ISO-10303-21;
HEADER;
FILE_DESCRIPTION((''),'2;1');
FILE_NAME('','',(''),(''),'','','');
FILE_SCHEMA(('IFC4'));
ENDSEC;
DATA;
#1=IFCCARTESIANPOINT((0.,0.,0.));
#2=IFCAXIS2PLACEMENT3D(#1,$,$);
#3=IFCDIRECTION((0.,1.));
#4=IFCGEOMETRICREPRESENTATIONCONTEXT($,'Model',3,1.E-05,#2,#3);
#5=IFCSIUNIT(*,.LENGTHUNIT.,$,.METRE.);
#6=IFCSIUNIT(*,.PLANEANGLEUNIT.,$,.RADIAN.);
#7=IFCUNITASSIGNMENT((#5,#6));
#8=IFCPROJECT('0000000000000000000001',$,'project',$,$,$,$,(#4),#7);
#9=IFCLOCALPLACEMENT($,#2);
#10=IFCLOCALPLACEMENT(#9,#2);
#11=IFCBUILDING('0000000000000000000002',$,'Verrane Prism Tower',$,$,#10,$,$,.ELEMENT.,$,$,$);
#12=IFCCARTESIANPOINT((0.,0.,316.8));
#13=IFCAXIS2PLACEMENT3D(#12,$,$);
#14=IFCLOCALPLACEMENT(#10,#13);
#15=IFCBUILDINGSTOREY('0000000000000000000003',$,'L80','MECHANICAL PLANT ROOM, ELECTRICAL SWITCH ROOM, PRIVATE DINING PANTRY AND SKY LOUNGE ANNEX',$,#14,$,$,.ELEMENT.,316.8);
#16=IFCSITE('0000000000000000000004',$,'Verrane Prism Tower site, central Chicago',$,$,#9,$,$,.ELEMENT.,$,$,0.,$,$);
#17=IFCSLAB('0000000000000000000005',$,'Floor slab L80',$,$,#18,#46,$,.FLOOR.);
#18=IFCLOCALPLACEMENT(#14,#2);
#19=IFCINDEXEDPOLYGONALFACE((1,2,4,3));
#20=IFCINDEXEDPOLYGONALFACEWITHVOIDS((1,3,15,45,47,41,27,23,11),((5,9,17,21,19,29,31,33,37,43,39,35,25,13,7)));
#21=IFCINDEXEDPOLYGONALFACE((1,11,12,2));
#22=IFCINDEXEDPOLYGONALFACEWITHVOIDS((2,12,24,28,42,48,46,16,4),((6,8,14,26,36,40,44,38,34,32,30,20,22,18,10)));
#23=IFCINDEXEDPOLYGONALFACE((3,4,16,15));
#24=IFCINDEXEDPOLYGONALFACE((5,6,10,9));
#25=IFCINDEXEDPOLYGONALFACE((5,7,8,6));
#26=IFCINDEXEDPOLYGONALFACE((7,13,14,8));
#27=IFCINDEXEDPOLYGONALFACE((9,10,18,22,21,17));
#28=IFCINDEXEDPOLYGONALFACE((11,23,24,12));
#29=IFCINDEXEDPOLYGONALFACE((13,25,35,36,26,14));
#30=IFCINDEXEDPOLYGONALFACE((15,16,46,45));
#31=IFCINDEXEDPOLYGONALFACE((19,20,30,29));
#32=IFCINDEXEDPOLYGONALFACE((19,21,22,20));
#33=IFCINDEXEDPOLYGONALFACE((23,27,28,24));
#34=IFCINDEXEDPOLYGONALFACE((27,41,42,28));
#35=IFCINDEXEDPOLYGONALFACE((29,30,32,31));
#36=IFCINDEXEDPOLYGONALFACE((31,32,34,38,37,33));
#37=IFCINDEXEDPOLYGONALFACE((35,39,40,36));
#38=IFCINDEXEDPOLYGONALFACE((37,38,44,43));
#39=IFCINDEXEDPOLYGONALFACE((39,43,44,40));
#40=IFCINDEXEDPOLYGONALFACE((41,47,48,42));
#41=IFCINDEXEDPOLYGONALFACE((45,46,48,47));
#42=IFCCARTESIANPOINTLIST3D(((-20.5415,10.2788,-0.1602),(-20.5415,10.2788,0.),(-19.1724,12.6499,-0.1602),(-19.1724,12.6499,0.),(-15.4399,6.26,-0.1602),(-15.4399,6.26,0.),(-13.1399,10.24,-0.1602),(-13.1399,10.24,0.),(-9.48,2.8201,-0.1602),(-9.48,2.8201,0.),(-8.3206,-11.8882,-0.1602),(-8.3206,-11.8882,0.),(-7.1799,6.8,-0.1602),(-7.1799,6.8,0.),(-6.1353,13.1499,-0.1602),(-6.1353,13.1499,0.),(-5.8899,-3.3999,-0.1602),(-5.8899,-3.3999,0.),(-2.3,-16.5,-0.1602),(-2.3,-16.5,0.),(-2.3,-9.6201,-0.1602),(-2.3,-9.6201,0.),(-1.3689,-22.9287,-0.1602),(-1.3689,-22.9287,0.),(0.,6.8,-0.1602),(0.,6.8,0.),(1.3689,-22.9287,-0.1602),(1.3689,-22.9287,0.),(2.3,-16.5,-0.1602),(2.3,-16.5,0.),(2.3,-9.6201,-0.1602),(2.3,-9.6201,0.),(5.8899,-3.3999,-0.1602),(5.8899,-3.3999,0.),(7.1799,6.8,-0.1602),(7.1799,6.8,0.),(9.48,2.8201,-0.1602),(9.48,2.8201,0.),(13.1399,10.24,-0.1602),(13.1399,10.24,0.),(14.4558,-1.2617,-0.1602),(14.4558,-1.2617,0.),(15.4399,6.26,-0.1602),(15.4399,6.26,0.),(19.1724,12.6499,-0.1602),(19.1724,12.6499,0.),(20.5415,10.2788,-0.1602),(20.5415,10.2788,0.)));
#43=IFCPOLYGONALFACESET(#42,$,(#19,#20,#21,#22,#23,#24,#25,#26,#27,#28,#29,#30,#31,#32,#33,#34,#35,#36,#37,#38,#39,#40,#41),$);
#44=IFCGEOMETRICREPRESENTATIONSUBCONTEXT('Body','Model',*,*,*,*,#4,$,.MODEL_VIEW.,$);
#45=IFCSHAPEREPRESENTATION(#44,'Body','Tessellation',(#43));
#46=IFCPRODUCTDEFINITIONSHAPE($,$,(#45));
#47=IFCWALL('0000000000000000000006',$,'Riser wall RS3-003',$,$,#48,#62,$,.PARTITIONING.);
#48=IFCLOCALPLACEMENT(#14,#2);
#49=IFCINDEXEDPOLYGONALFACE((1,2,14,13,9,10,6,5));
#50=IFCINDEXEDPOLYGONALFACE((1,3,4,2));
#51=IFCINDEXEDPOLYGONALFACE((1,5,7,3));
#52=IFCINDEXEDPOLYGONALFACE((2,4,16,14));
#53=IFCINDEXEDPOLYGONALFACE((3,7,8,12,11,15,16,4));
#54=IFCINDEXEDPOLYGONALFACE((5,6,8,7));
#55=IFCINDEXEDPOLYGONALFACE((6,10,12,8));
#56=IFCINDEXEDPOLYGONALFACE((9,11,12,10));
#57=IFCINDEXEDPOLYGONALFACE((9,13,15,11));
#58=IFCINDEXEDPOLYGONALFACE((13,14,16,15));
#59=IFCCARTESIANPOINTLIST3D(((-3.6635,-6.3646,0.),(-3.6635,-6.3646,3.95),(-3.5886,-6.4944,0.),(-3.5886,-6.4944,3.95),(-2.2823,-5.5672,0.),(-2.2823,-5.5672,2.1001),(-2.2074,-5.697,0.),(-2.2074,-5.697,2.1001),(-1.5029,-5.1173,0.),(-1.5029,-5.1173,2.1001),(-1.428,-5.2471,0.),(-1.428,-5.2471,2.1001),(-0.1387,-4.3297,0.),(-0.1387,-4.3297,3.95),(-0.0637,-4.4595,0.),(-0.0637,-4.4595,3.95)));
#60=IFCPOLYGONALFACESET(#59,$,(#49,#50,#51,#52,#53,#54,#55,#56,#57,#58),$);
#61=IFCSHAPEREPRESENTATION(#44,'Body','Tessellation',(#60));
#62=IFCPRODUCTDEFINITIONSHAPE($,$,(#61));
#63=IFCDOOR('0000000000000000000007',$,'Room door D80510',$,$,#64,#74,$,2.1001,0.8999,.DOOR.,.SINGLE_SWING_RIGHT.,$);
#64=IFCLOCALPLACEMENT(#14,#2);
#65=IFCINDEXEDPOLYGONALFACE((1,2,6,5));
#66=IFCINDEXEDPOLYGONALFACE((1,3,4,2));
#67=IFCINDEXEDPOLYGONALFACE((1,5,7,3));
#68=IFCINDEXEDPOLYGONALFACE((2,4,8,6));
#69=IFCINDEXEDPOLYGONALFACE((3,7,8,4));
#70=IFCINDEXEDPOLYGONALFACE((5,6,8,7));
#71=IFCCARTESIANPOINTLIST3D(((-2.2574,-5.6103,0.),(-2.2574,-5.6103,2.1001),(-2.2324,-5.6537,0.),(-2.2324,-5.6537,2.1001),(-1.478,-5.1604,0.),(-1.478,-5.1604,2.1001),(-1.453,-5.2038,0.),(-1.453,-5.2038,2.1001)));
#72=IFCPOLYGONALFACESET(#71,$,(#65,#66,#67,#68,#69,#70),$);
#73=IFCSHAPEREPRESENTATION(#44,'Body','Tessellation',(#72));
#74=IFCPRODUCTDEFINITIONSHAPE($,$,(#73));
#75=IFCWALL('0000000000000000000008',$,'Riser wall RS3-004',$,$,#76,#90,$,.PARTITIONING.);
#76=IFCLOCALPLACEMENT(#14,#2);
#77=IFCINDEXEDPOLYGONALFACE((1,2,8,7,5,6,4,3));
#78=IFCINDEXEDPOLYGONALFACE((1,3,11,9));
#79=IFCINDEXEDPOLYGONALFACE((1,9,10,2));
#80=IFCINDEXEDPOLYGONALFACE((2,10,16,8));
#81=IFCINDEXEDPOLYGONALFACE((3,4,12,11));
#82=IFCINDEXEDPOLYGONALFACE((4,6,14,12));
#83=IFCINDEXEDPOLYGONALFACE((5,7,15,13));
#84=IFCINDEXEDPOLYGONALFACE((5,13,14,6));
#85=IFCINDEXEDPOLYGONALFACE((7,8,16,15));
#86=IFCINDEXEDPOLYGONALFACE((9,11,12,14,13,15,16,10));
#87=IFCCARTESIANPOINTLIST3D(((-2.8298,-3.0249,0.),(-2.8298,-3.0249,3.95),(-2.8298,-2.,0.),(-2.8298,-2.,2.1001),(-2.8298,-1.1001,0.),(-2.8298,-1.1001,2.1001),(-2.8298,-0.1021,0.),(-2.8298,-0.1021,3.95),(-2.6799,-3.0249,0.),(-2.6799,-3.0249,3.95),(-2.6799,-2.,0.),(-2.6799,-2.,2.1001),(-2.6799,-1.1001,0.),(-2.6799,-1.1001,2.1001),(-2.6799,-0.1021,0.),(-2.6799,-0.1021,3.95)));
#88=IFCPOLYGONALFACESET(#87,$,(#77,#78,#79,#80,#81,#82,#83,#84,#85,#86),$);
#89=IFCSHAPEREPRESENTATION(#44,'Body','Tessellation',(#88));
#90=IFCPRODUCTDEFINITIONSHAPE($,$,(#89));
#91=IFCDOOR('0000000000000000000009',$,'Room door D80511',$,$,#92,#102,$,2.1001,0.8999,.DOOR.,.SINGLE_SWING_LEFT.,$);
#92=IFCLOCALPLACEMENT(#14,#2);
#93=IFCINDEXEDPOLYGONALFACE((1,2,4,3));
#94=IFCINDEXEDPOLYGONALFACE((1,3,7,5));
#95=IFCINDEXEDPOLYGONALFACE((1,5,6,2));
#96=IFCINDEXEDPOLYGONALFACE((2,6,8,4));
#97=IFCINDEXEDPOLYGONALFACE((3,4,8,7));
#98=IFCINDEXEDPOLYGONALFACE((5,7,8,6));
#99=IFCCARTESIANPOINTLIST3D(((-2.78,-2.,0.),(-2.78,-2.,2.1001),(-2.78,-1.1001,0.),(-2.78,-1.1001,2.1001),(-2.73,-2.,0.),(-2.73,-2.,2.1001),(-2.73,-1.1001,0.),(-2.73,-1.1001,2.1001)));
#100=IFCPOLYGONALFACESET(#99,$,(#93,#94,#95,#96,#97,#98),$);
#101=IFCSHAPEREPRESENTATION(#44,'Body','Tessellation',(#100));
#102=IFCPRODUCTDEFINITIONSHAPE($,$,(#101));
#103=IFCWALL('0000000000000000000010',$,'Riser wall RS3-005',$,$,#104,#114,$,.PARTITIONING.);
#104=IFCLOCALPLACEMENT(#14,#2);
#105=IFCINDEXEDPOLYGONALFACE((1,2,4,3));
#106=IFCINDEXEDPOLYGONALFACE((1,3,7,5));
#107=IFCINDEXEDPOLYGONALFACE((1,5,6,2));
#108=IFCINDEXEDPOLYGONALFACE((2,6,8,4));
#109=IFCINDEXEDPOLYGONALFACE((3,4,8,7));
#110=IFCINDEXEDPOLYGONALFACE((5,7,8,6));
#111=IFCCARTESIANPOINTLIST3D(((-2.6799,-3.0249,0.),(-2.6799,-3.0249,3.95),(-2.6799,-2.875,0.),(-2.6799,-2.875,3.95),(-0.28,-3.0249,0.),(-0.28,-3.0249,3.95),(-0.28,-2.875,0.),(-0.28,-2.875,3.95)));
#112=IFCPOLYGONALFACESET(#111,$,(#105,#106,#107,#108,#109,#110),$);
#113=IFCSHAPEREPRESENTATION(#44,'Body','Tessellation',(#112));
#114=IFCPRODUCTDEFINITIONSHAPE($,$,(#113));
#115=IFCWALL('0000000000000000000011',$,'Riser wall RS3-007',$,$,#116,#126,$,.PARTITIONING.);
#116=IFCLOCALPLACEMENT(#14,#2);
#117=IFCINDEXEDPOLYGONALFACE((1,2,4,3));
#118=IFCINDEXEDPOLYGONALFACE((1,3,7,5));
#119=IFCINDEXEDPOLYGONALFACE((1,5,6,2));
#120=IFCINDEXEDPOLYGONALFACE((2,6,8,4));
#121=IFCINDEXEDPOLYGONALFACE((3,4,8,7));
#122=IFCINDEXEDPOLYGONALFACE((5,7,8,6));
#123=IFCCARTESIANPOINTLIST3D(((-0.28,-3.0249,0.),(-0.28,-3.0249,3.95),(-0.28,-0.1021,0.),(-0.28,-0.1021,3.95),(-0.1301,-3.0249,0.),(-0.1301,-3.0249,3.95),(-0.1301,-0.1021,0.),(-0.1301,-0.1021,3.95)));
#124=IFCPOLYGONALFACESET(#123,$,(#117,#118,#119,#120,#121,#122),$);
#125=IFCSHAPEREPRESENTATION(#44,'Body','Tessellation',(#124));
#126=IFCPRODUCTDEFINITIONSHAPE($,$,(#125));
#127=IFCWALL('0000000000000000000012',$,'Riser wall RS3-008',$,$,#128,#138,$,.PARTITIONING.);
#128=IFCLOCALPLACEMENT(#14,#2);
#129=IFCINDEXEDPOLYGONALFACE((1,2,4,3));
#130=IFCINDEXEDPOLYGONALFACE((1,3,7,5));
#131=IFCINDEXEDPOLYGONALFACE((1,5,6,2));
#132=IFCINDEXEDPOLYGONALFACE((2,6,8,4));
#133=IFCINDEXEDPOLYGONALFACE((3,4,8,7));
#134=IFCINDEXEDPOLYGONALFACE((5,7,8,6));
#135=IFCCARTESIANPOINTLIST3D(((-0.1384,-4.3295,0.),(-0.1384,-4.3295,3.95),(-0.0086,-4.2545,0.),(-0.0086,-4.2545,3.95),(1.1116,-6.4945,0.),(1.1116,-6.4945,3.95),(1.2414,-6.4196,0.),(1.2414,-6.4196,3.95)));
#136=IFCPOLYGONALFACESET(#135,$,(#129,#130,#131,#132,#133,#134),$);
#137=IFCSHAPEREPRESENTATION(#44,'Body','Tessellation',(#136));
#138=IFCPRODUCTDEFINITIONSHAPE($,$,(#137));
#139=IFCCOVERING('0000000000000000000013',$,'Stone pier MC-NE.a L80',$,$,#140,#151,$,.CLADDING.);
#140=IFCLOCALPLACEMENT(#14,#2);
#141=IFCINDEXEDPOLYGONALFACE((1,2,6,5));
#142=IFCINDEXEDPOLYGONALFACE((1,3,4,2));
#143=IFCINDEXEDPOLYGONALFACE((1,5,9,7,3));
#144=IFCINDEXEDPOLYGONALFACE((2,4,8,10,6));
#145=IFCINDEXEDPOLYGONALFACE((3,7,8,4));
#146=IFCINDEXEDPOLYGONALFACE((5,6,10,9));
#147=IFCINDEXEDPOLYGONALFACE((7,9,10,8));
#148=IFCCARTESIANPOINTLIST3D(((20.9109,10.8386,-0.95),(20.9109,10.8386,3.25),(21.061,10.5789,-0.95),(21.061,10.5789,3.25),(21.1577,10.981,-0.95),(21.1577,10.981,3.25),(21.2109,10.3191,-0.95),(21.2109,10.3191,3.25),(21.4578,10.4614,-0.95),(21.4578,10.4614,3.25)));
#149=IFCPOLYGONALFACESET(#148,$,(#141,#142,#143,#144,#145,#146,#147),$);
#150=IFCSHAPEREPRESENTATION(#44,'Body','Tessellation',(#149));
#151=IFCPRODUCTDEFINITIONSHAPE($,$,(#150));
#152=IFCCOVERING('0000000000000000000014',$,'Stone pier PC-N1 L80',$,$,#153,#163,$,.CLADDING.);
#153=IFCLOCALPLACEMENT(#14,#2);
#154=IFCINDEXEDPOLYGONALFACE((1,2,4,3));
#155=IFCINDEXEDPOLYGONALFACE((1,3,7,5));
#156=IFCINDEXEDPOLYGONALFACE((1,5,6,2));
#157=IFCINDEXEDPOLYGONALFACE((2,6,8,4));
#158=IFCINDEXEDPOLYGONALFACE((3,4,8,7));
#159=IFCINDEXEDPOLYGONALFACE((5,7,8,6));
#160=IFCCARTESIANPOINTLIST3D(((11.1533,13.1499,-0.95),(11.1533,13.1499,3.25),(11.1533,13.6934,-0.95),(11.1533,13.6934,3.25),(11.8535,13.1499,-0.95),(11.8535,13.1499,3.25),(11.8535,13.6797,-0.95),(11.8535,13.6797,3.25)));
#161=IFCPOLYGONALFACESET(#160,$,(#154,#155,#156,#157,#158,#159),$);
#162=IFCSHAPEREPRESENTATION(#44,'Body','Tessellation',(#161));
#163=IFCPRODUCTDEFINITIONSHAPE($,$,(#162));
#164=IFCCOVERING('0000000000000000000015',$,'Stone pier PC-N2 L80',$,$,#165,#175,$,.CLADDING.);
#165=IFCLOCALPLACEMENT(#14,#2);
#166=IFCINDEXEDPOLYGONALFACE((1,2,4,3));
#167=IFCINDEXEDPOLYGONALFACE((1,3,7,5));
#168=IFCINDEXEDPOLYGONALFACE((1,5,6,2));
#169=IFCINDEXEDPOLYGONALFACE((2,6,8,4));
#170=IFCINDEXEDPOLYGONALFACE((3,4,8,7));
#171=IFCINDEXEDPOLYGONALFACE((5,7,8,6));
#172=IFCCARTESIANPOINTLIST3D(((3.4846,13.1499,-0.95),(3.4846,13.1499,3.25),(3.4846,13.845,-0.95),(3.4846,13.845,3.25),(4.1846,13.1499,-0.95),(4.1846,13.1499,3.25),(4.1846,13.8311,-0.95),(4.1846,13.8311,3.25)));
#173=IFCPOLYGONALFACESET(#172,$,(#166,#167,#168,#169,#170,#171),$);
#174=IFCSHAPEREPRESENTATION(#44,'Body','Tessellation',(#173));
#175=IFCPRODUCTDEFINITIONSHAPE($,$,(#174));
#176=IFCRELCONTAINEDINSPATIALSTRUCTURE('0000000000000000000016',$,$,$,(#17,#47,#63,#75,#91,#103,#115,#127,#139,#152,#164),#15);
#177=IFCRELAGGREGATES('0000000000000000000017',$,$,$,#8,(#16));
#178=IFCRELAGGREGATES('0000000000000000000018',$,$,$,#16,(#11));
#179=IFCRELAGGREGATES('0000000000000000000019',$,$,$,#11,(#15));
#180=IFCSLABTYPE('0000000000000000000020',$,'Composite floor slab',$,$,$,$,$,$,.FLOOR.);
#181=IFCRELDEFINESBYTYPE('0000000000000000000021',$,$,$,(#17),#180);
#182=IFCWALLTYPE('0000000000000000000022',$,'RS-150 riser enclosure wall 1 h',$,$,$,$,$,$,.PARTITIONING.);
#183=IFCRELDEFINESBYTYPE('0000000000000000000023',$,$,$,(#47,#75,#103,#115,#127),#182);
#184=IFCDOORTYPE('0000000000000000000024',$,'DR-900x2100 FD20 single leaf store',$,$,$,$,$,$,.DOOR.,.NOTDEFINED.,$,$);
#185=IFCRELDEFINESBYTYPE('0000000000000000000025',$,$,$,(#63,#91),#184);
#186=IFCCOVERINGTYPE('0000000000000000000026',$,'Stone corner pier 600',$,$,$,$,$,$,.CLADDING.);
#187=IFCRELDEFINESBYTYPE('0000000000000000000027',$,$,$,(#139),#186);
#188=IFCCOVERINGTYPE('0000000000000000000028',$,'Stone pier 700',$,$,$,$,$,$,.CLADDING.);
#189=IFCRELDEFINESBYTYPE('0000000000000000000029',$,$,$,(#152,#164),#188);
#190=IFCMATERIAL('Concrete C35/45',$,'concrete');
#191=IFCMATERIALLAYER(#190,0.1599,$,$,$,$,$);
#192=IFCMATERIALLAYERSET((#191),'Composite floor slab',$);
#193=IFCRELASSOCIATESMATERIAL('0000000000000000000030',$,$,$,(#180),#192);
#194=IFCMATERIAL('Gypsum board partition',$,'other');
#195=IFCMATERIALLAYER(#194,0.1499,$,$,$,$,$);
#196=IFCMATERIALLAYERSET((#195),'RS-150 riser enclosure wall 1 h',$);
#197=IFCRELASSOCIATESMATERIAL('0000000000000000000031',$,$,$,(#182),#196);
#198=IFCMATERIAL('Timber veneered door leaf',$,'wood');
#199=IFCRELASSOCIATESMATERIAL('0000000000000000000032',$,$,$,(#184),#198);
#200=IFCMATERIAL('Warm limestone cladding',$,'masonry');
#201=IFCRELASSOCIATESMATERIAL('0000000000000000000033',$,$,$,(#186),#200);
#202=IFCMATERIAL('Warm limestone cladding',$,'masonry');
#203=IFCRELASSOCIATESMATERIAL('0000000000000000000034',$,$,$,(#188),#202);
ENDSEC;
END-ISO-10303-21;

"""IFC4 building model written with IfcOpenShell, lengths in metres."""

from ifc_helpers import new_model, si_unit, direction, frame, frame_2d, origin, place, context, subcontext, project, spatial, polyline, rectangle, outline, extrude, material, layer, layer_set, type_object, element, fill, save


model = new_model("IFC4")

# Units and contexts
model_context = context("Model", 3, precision=1e-05, world=origin(), true_north=direction((0.0, 1.0)))
body_context = subcontext(model_context, "Body", "Model", "MODEL_VIEW")
ifc_project = project(units=[si_unit("LENGTHUNIT", "METRE"), si_unit("PLANEANGLEUNIT", "RADIAN")], contexts=[model_context])

# Site, building, storey
site_placement = place(None, origin())
site = spatial("IfcSite", under=ifc_project, at=site_placement, Name="Verrane Prism Tower site, central Chicago", CompositionType="ELEMENT", RefElevation=0.0)
building_placement = place(site_placement, origin())
building = spatial("IfcBuilding", under=site, at=building_placement, Name="Verrane Prism Tower", CompositionType="ELEMENT")
storey_placement = place(building_placement, frame((0.0, 0.0, 316.8)))
storey = spatial("IfcBuildingStorey", under=building, at=storey_placement, Name="L80", Description="MECHANICAL PLANT ROOM, ELECTRICAL SWITCH ROOM, PRIVATE DINING PANTRY AND SKY LOUNGE ANNEX", CompositionType="ELEMENT", Elevation=316.8)

# Slab
ifc_material_1 = material(Name="Concrete C35/45", Category="concrete")
ifc_layer_1 = layer(ifc_material_1, 0.1599)
ifc_layer_set_1 = layer_set([ifc_layer_1], Name="Composite floor slab")
slab_type = type_object("IfcSlabType", Name="Composite floor slab", PredefinedType="FLOOR", material=ifc_layer_set_1)
slab_placement = place(storey_placement, frame((0.0, 0.0, -0.1602)))
element("IfcSlab", 1, at=slab_placement, inside=storey, type_object=slab_type, Name="Floor slab L80", PredefinedType="FLOOR", context=body_context, shape_type="SweptSolid", body=[
    extrude(outline(polyline([(14.4558, -1.2617), (1.3689, -22.9287), (-1.3689, -22.9287), (-8.3206, -11.8882), (-20.5415, 10.2788), (-19.1724, 12.6499), (-6.1353, 13.1499), (19.1724, 12.6499), (20.5415, 10.2788), (14.4558, -1.2617)]), holes=[polyline([(15.4399, 6.26), (13.1399, 10.24), (7.1799, 6.8), (0.0, 6.8), (-7.1799, 6.8), (-13.1399, 10.24), (-15.4399, 6.26), (-9.48, 2.8201), (-5.8899, -3.3999), (-2.3, -9.6201), (-2.3, -16.5), (2.3, -16.5), (2.3, -9.6201), (5.8899, -3.3999), (9.48, 2.8201), (15.4399, 6.26)])]), origin(), (0.0, 0.0, 1.0), 0.1602),
])

# Walls, openings, doors
ifc_material_2 = material(Name="Gypsum board partition", Category="other")
ifc_layer_2 = layer(ifc_material_2, 0.1499)
ifc_layer_set_2 = layer_set([ifc_layer_2], Name="RS-150 riser enclosure wall 1 h")
wall_type = type_object("IfcWallType", Name="RS-150 riser enclosure wall 1 h", PredefinedType="PARTITIONING", material=ifc_layer_set_2)
wall_1_placement = place(storey_placement, frame((-0.1011, -4.3945, 0.0), z_axis=(0.0, 0.0, 1.0), x_axis=(-0.866046, -0.499965, 0.0)))
wall_1 = element("IfcWall", 2, at=wall_1_placement, inside=storey, type_object=wall_type, Name="Riser wall RS3-003", PredefinedType="PARTITIONING", context=body_context, shape_type="SweptSolid", body=[
    extrude(rectangle(XDim=4.0701, YDim=0.1499, at=frame_2d((2.0352, 0.0))), origin(), (0.0, 0.0, 1.0), 3.95),
])
opening_1_placement = place(wall_1_placement, frame((1.5754, 0.0, 0.0)))
opening_1 = element("IfcOpeningElement", 3, at=opening_1_placement, cuts=wall_1, PredefinedType="OPENING", context=body_context, shape_type="SweptSolid", body=[
    extrude(rectangle(XDim=0.8999, YDim=2.1001, at=frame_2d((0.45, 1.05))), frame((0.0, 0.085, 0.0), z_axis=(0.0, -1.0, 0.0), x_axis=(1.0, 0.0, 0.0)), (0.0, 0.0, 1.0), 0.1699),
])
ifc_material_3 = material(Name="Timber veneered door leaf", Category="wood")
door_type = type_object("IfcDoorType", Name="DR-900x2100 FD20 single leaf store", OperationType="NOTDEFINED", PredefinedType="DOOR", material=ifc_material_3)
door_1_placement = place(opening_1_placement, origin())
door_1 = element("IfcDoor", 4, at=door_1_placement, inside=storey, type_object=door_type, Name="Room door D80510", OperationType="SINGLE_SWING_RIGHT", OverallHeight=2.1001, OverallWidth=0.8999, PredefinedType="DOOR", context=body_context, shape_type="SweptSolid", body=[
    extrude(rectangle(XDim=0.8999, YDim=2.1001, at=frame_2d((0.45, 1.05))), frame((0.0, 0.0249, 0.0), z_axis=(0.0, -1.0, 0.0), x_axis=(1.0, 0.0, 0.0)), (0.0, 0.0, 1.0), 0.05),
])
fill(opening_1, door_1)
wall_2_placement = place(storey_placement, frame((-2.7549, -0.1021, 0.0), z_axis=(0.0, 0.0, 1.0), x_axis=(0.0, -1.0, 0.0)))
wall_2 = element("IfcWall", 5, at=wall_2_placement, inside=storey, type_object=wall_type, Name="Riser wall RS3-004", PredefinedType="PARTITIONING", context=body_context, shape_type="SweptSolid", body=[
    extrude(rectangle(XDim=2.9229, YDim=0.1499, at=frame_2d((1.4614, 0.0))), origin(), (0.0, 0.0, 1.0), 3.95),
])
opening_2_placement = place(wall_2_placement, frame((0.998, 0.0, 0.0)))
opening_2 = element("IfcOpeningElement", 6, at=opening_2_placement, cuts=wall_2, PredefinedType="OPENING", context=body_context, shape_type="SweptSolid", body=[
    extrude(rectangle(XDim=0.8999, YDim=2.1001, at=frame_2d((0.45, 1.05))), frame((0.0, 0.085, 0.0), z_axis=(0.0, -1.0, 0.0), x_axis=(1.0, 0.0, 0.0)), (0.0, 0.0, 1.0), 0.1699),
])
door_2_placement = place(opening_2_placement, origin())
door_2 = element("IfcDoor", 7, at=door_2_placement, inside=storey, type_object=door_type, Name="Room door D80511", OperationType="SINGLE_SWING_LEFT", OverallHeight=2.1001, OverallWidth=0.8999, PredefinedType="DOOR", context=body_context, shape_type="SweptSolid", body=[
    extrude(rectangle(XDim=0.8999, YDim=2.1001, at=frame_2d((0.45, 1.05))), frame((0.0, 0.0249, 0.0), z_axis=(0.0, -1.0, 0.0), x_axis=(1.0, 0.0, 0.0)), (0.0, 0.0, 1.0), 0.05),
])
fill(opening_2, door_2)

# Walls
wall_3_placement = place(storey_placement, frame((-2.6799, -2.95, 0.0), z_axis=(0.0, 0.0, 1.0), x_axis=(1.0, 0.0, 0.0)))
element("IfcWall", 8, at=wall_3_placement, inside=storey, type_object=wall_type, Name="Riser wall RS3-005", PredefinedType="PARTITIONING", context=body_context, shape_type="SweptSolid", body=[
    extrude(rectangle(XDim=2.3999, YDim=0.1499, at=frame_2d((1.2, 0.0))), origin(), (0.0, 0.0, 1.0), 3.95),
])
wall_4_placement = place(storey_placement, frame((-0.2051, -3.0249, 0.0), z_axis=(0.0, 0.0, 1.0), x_axis=(0.0, 1.0, 0.0)))
element("IfcWall", 9, at=wall_4_placement, inside=storey, type_object=wall_type, Name="Riser wall RS3-007", PredefinedType="PARTITIONING", context=body_context, shape_type="SweptSolid", body=[
    extrude(rectangle(XDim=2.9229, YDim=0.1499, at=frame_2d((1.4614, 0.0))), origin(), (0.0, 0.0, 1.0), 3.95),
])
wall_5_placement = place(storey_placement, frame((-0.0735, -4.292, 0.0), z_axis=(0.0, 0.0, 1.0), x_axis=(0.500004, -0.866023, 0.0)))
element("IfcWall", 10, at=wall_5_placement, inside=storey, type_object=wall_type, Name="Riser wall RS3-008", PredefinedType="PARTITIONING", context=body_context, shape_type="SweptSolid", body=[
    extrude(rectangle(XDim=2.5, YDim=0.1499, at=frame_2d((1.25, 0.0))), origin(), (0.0, 0.0, 1.0), 3.95),
])

# Coverings
ifc_material_4 = material(Name="Warm limestone cladding", Category="masonry")
covering_type_1 = type_object("IfcCoveringType", Name="Stone corner pier 600", PredefinedType="CLADDING", material=ifc_material_4)
covering_1_placement = place(storey_placement, frame((0.0, 0.0, -0.95)))
element("IfcCovering", 11, at=covering_1_placement, inside=storey, type_object=covering_type_1, Name="Stone pier MC-NE.a L80", PredefinedType="CLADDING", context=body_context, shape_type="SweptSolid", body=[
    extrude(outline(polyline([(20.9109, 10.8386), (21.061, 10.5789), (21.2109, 10.3191), (21.4578, 10.4614), (21.1577, 10.981), (20.9109, 10.8386)])), origin(), (0.0, 0.0, 1.0), 4.2),
])
ifc_material_5 = material(Name="Warm limestone cladding", Category="masonry")
covering_type_2 = type_object("IfcCoveringType", Name="Stone pier 700", PredefinedType="CLADDING", material=ifc_material_5)
covering_2_placement = place(storey_placement, frame((0.0, 0.0, -0.95)))
element("IfcCovering", 12, at=covering_2_placement, inside=storey, type_object=covering_type_2, Name="Stone pier PC-N1 L80", PredefinedType="CLADDING", context=body_context, shape_type="SweptSolid", body=[
    extrude(outline(polyline([(11.1533, 13.1499), (11.8535, 13.1499), (11.8535, 13.6797), (11.1533, 13.6934), (11.1533, 13.1499)])), origin(), (0.0, 0.0, 1.0), 4.2),
])
covering_3_placement = place(storey_placement, frame((0.0, 0.0, -0.95)))
element("IfcCovering", 13, at=covering_3_placement, inside=storey, type_object=covering_type_2, Name="Stone pier PC-N2 L80", PredefinedType="CLADDING", context=body_context, shape_type="SweptSolid", body=[
    extrude(outline(polyline([(3.4846, 13.1499), (4.1846, 13.1499), (4.1846, 13.8311), (3.4846, 13.845), (3.4846, 13.1499)])), origin(), (0.0, 0.0, 1.0), 4.2),
])

save(model, "model.ifc")
